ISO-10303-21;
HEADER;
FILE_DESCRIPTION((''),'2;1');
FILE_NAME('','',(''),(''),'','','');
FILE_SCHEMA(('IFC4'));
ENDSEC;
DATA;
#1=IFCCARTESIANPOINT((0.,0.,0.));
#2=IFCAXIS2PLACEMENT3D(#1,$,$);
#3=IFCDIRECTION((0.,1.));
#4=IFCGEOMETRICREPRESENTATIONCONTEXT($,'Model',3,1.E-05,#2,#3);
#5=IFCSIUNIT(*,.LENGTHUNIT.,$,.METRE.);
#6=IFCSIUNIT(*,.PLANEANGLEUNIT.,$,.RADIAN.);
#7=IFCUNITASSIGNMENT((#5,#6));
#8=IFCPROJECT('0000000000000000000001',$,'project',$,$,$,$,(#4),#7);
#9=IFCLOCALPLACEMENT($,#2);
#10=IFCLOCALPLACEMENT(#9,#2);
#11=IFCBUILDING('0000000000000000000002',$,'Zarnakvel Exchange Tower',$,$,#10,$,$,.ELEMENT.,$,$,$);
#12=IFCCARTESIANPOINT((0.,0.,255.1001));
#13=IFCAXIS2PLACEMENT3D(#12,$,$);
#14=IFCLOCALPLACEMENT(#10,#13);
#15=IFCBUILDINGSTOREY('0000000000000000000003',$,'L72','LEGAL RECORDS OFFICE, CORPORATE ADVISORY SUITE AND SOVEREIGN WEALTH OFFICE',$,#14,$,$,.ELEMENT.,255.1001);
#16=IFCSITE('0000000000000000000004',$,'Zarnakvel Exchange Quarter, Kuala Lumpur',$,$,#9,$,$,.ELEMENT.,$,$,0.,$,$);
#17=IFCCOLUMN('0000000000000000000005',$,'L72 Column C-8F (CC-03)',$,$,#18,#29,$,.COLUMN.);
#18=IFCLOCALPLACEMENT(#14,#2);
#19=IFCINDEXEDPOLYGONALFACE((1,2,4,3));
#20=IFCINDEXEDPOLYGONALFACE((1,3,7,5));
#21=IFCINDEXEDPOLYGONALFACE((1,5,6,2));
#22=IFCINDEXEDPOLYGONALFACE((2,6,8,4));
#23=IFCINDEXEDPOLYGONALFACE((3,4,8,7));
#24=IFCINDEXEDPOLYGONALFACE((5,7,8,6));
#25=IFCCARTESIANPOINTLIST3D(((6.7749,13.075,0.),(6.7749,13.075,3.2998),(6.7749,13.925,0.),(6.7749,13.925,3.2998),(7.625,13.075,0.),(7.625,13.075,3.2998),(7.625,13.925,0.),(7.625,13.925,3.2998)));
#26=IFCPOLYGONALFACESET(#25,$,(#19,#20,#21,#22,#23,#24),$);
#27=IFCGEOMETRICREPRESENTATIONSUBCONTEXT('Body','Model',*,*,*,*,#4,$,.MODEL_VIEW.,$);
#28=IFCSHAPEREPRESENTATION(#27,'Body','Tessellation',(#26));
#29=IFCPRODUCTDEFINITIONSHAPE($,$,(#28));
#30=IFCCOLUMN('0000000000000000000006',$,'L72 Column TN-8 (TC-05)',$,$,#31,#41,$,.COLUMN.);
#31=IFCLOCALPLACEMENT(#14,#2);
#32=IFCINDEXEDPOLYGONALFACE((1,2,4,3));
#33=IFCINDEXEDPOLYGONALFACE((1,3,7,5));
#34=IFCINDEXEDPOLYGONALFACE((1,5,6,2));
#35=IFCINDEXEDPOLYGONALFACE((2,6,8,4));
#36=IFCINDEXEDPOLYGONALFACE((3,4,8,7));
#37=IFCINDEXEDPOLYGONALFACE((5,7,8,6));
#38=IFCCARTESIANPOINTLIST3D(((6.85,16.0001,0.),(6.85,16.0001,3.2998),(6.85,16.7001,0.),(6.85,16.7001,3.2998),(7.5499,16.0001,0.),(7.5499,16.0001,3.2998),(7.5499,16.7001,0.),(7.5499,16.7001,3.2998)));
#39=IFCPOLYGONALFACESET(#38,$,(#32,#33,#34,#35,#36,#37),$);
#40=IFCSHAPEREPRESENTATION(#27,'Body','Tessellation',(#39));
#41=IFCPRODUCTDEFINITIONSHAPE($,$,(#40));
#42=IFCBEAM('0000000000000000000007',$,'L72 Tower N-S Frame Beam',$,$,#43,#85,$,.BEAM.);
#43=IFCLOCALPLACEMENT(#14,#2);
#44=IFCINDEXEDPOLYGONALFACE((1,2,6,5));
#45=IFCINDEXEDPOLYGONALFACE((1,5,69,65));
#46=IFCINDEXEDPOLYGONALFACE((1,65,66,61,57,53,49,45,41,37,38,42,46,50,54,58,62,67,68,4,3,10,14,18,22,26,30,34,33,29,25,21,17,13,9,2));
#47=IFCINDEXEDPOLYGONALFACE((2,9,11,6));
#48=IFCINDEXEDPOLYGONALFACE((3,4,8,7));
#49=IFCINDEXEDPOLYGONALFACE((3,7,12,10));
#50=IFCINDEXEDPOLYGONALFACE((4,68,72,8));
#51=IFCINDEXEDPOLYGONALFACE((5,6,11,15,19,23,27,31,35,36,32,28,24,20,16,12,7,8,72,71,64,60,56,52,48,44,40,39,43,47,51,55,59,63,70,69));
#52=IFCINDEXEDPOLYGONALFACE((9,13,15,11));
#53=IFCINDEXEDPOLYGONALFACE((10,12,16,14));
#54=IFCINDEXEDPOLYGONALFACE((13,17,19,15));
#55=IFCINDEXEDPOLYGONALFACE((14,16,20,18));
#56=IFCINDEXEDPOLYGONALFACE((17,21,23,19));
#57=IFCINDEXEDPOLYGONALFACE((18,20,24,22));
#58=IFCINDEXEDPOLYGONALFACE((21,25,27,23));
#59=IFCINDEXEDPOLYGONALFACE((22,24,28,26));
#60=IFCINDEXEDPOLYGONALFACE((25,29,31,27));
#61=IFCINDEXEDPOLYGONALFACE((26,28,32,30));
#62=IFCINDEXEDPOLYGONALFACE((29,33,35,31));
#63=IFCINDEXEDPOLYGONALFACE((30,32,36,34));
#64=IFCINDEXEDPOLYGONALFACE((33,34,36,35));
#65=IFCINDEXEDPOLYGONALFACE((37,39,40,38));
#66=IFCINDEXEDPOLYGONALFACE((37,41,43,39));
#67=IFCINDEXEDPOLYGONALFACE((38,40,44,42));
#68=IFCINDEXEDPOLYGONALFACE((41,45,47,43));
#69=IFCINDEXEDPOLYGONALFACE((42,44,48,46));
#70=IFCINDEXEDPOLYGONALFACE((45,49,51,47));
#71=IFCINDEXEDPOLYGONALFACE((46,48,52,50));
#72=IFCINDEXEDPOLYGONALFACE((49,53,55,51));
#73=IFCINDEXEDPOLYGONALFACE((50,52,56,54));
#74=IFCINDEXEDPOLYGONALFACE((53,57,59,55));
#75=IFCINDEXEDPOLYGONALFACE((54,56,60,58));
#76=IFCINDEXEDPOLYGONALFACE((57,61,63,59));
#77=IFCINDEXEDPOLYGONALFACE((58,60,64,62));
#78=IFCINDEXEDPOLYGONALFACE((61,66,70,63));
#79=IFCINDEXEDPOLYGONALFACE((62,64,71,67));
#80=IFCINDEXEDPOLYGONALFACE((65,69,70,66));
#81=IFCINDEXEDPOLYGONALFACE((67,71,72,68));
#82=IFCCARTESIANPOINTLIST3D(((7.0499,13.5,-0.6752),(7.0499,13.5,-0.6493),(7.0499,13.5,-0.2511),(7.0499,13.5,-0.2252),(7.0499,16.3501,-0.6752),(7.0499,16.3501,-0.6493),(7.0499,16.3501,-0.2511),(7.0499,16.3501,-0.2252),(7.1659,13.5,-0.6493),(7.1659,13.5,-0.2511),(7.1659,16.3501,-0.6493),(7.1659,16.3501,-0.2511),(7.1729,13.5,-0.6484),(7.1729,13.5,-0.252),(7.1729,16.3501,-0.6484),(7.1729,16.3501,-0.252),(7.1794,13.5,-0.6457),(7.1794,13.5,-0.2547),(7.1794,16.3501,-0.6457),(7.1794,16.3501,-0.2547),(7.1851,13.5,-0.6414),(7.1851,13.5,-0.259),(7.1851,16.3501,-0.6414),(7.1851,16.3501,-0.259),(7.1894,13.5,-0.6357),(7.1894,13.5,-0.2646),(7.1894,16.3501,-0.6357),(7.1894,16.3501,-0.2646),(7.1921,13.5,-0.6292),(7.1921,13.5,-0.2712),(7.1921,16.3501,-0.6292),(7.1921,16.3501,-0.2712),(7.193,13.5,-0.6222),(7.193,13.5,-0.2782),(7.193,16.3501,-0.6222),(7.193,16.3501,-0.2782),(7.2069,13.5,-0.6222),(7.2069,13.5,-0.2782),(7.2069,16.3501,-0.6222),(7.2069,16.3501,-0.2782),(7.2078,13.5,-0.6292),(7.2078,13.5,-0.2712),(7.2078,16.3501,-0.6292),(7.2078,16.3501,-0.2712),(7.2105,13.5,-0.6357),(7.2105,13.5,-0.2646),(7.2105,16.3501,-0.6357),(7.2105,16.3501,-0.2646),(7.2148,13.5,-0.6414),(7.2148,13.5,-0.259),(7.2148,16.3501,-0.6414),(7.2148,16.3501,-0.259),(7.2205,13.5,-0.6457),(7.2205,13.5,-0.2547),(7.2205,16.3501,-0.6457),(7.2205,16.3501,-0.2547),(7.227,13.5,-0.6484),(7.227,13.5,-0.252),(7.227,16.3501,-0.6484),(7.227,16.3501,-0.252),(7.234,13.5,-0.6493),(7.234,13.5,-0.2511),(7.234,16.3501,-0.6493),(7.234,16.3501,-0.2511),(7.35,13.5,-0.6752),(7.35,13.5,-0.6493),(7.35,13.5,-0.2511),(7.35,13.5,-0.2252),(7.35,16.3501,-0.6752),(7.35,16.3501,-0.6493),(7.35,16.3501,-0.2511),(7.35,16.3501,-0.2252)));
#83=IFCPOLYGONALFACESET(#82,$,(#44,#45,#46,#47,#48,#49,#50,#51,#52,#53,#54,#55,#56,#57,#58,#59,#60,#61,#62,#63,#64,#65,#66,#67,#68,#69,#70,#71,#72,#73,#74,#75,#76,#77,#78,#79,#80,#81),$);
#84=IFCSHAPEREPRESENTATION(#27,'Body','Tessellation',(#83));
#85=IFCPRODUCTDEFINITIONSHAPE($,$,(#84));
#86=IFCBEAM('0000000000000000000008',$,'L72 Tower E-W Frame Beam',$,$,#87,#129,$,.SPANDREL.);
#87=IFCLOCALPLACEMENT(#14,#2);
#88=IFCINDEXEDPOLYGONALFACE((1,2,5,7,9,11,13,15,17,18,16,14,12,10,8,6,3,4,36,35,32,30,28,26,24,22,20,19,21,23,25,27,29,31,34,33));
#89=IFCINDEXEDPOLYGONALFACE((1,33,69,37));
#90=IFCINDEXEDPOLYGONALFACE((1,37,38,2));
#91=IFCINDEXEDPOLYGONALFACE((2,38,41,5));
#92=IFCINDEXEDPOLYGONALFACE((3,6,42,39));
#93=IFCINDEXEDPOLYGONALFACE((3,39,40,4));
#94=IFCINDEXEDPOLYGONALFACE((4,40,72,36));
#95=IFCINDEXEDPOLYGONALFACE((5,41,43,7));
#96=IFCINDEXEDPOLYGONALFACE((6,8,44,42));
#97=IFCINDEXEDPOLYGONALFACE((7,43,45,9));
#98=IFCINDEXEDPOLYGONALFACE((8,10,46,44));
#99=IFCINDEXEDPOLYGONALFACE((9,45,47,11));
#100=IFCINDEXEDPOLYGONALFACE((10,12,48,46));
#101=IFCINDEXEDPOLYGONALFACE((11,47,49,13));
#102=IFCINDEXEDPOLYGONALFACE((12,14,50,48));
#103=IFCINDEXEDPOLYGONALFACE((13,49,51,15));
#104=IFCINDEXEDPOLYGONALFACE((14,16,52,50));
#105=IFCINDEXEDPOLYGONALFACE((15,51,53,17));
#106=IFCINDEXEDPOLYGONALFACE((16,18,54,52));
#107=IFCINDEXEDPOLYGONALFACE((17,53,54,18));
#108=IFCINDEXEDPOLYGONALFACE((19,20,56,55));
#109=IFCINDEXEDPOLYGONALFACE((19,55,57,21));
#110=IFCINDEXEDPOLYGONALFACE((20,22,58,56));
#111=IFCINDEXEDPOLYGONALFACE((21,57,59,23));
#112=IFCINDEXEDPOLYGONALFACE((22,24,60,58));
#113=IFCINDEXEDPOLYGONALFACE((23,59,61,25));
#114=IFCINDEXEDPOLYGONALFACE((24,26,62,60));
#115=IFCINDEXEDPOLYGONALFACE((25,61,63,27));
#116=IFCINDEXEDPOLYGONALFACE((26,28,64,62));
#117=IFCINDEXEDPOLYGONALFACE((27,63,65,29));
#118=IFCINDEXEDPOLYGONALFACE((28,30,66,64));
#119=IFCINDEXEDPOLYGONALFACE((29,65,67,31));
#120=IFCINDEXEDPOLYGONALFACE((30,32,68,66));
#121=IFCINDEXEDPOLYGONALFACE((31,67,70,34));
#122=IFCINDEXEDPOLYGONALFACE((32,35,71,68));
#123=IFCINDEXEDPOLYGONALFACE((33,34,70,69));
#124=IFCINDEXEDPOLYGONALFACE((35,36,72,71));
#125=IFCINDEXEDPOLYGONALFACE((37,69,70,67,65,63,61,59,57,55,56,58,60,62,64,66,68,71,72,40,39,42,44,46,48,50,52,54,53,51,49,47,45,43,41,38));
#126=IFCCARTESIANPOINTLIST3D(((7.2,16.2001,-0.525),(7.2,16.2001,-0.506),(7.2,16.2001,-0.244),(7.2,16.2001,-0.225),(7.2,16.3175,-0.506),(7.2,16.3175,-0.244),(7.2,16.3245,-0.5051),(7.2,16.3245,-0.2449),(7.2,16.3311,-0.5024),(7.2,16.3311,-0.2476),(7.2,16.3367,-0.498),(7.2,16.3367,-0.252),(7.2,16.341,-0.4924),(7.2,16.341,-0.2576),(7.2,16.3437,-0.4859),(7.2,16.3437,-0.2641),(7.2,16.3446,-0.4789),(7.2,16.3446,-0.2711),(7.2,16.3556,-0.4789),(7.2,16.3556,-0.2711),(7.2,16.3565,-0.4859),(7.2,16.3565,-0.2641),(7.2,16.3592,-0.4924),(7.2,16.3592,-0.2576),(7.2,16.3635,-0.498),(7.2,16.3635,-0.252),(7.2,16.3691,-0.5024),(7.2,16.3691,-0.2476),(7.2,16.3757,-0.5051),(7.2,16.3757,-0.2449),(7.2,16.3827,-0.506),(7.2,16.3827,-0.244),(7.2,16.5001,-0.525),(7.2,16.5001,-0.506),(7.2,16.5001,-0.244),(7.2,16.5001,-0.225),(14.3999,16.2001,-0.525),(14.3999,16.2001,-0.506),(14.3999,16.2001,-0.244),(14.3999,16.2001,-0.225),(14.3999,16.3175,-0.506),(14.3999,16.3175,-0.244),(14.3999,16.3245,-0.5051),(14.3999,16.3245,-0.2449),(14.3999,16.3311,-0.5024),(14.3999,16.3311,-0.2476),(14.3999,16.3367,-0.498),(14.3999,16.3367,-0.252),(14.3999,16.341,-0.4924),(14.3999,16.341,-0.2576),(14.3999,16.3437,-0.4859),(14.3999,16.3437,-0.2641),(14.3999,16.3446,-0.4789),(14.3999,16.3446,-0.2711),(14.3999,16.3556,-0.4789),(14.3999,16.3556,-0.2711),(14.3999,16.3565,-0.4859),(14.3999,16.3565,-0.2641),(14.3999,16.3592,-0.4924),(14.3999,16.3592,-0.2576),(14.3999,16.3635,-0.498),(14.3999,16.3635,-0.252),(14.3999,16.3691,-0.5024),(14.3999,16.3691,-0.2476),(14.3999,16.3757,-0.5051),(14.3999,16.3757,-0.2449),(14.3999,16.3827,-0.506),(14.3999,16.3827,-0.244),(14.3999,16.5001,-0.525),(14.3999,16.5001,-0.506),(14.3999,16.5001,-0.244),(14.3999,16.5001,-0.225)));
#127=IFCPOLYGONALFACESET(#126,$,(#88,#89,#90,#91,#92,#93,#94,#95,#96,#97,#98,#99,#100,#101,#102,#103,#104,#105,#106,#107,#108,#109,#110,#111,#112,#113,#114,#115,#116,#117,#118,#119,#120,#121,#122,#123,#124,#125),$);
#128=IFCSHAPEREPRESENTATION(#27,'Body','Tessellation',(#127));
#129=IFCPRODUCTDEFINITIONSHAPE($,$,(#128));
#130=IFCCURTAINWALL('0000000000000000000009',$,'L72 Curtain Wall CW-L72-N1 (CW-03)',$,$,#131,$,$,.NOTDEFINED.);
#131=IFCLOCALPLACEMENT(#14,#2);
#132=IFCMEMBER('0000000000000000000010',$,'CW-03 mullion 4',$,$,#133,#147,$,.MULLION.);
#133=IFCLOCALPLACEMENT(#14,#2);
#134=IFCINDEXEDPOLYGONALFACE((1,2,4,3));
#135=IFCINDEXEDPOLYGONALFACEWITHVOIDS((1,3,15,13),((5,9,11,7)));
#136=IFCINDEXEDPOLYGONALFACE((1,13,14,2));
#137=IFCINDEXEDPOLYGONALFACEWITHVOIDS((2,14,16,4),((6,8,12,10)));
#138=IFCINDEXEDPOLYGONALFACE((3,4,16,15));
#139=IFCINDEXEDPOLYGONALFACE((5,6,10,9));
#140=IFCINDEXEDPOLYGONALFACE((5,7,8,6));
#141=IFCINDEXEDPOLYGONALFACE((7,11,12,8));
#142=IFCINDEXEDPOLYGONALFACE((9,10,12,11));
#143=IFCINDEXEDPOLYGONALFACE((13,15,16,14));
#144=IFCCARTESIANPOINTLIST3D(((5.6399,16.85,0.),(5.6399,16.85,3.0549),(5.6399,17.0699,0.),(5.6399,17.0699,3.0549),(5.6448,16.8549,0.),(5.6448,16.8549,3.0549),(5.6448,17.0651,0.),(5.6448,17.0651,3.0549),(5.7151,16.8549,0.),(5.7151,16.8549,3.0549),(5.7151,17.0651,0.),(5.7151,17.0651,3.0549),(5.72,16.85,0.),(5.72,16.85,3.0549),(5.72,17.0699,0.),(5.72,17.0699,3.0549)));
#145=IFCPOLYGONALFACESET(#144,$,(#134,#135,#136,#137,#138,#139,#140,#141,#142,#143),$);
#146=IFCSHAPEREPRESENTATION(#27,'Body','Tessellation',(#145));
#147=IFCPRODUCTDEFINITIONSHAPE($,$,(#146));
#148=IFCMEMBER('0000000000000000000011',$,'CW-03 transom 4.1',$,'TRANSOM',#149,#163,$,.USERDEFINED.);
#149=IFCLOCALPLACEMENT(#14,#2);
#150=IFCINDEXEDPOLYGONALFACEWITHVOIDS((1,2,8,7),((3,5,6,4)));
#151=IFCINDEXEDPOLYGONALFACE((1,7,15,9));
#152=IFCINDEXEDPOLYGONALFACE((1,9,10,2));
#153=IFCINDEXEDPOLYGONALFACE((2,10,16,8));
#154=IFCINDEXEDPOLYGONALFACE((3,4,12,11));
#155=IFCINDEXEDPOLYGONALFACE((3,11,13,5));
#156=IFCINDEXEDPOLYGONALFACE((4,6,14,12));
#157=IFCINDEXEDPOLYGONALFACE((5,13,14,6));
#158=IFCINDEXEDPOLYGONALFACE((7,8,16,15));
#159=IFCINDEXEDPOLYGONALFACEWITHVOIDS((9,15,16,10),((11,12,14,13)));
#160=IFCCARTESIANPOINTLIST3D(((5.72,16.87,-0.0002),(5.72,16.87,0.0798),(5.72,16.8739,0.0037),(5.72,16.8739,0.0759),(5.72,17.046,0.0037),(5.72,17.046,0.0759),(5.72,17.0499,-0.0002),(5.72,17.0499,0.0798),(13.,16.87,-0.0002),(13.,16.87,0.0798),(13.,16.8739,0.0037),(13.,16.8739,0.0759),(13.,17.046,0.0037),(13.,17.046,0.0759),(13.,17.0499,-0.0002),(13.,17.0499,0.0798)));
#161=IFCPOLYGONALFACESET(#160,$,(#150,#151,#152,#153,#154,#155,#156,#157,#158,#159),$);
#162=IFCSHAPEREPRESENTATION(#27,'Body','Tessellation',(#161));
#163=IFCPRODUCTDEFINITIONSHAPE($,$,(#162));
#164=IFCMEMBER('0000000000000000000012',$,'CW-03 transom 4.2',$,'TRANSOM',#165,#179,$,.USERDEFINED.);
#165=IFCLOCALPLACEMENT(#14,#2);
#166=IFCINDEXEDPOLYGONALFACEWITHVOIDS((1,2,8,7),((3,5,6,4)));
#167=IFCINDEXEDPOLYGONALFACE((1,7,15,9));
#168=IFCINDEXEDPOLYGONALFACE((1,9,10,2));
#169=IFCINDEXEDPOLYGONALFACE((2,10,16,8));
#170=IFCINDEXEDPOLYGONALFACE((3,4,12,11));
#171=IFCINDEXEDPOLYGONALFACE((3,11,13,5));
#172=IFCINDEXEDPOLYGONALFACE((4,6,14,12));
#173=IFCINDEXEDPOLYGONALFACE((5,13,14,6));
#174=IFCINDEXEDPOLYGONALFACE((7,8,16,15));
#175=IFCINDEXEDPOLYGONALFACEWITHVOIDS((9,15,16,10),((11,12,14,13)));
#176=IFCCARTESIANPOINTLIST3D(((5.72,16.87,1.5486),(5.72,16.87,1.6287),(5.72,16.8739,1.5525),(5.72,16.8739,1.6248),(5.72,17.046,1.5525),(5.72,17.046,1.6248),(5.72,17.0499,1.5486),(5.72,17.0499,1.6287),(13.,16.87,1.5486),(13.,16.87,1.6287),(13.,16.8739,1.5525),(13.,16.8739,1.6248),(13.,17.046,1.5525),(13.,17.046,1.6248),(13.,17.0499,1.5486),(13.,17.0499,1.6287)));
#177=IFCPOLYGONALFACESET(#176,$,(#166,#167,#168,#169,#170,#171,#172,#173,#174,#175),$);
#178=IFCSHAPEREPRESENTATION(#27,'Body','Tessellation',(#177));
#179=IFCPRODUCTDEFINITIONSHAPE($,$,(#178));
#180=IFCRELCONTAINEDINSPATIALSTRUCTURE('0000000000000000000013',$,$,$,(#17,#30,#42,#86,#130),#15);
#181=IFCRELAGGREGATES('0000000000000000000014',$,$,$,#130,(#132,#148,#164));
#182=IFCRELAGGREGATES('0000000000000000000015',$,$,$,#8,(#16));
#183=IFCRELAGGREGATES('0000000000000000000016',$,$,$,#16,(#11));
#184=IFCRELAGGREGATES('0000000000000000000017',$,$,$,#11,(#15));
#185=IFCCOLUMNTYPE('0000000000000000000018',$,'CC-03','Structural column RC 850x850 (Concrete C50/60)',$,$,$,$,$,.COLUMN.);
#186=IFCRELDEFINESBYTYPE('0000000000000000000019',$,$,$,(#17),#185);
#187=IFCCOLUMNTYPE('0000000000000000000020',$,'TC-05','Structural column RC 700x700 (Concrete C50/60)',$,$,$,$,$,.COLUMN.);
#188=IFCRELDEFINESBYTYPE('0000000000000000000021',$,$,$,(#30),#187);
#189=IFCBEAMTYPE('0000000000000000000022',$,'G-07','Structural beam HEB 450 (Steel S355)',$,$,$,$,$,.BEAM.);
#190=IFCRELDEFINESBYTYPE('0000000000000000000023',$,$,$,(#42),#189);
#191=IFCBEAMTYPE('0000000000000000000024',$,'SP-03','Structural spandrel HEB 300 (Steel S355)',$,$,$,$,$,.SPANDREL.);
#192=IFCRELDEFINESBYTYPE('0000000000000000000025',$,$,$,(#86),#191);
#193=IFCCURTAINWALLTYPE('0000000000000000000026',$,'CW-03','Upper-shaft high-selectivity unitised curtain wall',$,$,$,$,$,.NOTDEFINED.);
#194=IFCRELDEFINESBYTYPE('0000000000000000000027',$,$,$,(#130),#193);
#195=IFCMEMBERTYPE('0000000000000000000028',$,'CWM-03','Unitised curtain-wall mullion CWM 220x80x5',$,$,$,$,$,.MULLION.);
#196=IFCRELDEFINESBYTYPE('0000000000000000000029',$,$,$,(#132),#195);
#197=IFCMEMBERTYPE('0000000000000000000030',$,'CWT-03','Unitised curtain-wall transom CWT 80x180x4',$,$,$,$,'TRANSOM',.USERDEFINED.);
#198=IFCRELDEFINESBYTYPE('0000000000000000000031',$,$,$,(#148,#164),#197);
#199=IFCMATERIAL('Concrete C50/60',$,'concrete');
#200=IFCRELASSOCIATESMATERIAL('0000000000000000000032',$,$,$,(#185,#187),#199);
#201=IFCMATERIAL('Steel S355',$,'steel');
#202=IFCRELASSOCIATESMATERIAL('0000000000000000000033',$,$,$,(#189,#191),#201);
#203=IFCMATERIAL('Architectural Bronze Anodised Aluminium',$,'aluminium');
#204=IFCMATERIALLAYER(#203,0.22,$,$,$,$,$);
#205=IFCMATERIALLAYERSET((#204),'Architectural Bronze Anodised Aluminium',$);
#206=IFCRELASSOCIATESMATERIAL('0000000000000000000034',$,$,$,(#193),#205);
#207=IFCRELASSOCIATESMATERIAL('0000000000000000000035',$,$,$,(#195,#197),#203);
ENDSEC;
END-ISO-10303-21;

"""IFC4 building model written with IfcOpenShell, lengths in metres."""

from ifc_helpers import new_model, si_unit, direction, frame, origin, origin_2d, place, context, subcontext, project, spatial, rectangle, hollow_rectangle, i_section, extrude, source, transform, mapped, material, layer, layer_set, material_profile, profile_set, type_object, element, aggregate, save


model = new_model("IFC4")

# Units and contexts
model_context = context("Model", 3, precision=1e-05, world=origin(), true_north=direction((0.0, 1.0)))
body_context = subcontext(model_context, "Body", "Model", "MODEL_VIEW")
ifc_project = project(units=[si_unit("LENGTHUNIT", "METRE"), si_unit("PLANEANGLEUNIT", "RADIAN")], contexts=[model_context])

# Site, building, storey
site_placement = place(None, origin())
site = spatial("IfcSite", under=ifc_project, at=site_placement, Name="Zarnakvel Exchange Quarter, Kuala Lumpur", CompositionType="ELEMENT", RefElevation=0.0)
building_placement = place(site_placement, origin())
building = spatial("IfcBuilding", under=site, at=building_placement, Name="Zarnakvel Exchange Tower", CompositionType="ELEMENT")
storey_placement = place(building_placement, frame((0.0, 0.0, 255.1001)))
storey = spatial("IfcBuildingStorey", under=building, at=storey_placement, Name="L72", Description="LEGAL RECORDS OFFICE, CORPORATE ADVISORY SUITE AND SOVEREIGN WEALTH OFFICE", CompositionType="ELEMENT", Elevation=255.1001)

# Columns
ifc_material_1 = material(Name="Concrete C50/60", Category="concrete")
ifc_material_profile_1 = material_profile(ifc_material_1, rectangle(XDim=0.8501, YDim=0.8501, at=origin_2d()))
ifc_profile_set_1 = profile_set([ifc_material_profile_1], Name="Concrete C50/60")
column_type_1 = type_object("IfcColumnType", Name="CC-03", Description="Structural column RC 850x850 (Concrete C50/60)", PredefinedType="COLUMN", material=ifc_profile_set_1)
column_1_placement = place(storey_placement, frame((7.2, 13.5, 0.0), z_axis=(0.0, 0.0, 1.0), x_axis=(1.0, 0.0, 0.0)))
element("IfcColumn", 1, at=column_1_placement, inside=storey, type_object=column_type_1, Name="L72 Column C-8F (CC-03)", PredefinedType="COLUMN", context=body_context, shape_type="SweptSolid", body=[
    extrude(rectangle(XDim=0.8501, YDim=0.8501, at=origin_2d()), origin(), (0.0, 0.0, 1.0), 3.2998),
])
ifc_material_profile_2 = material_profile(ifc_material_1, rectangle(XDim=0.7, YDim=0.7, at=origin_2d()))
ifc_profile_set_2 = profile_set([ifc_material_profile_2], Name="Concrete C50/60")
column_type_2 = type_object("IfcColumnType", Name="TC-05", Description="Structural column RC 700x700 (Concrete C50/60)", PredefinedType="COLUMN", material=ifc_profile_set_2)
column_2_placement = place(storey_placement, frame((7.2, 16.3501, 0.0), z_axis=(0.0, 0.0, 1.0), x_axis=(1.0, 0.0, 0.0)))
element("IfcColumn", 2, at=column_2_placement, inside=storey, type_object=column_type_2, Name="L72 Column TN-8 (TC-05)", PredefinedType="COLUMN", context=body_context, shape_type="SweptSolid", body=[
    extrude(rectangle(XDim=0.7, YDim=0.7, at=origin_2d()), origin(), (0.0, 0.0, 1.0), 3.2998),
])

# Beams
ifc_material_2 = material(Name="Steel S355", Category="steel")
ifc_material_profile_3 = material_profile(ifc_material_2, i_section(OverallWidth=0.3, OverallDepth=0.45, WebThickness=0.0139, FlangeThickness=0.0259, FilletRadius=0.0271, at=origin_2d()))
ifc_profile_set_3 = profile_set([ifc_material_profile_3], Name="Steel S355")
beam_type_1 = type_object("IfcBeamType", Name="G-07", Description="Structural beam HEB 450 (Steel S355)", PredefinedType="BEAM", material=ifc_profile_set_3)
beam_1_placement = place(storey_placement, frame((7.2, 13.5, -0.4502), z_axis=(0.0, 1.0, 0.0), x_axis=(-1.0, 0.0, 0.0)))
element("IfcBeam", 3, at=beam_1_placement, inside=storey, type_object=beam_type_1, Name="L72 Tower N-S Frame Beam", PredefinedType="BEAM", context=body_context, shape_type="SweptSolid", body=[
    extrude(i_section(OverallWidth=0.3, OverallDepth=0.45, WebThickness=0.0139, FlangeThickness=0.0259, FilletRadius=0.0271, at=origin_2d()), origin(), (0.0, 0.0, 1.0), 2.8501),
])
ifc_material_profile_4 = material_profile(ifc_material_2, i_section(OverallWidth=0.3, OverallDepth=0.3, WebThickness=0.011, FlangeThickness=0.019, FilletRadius=0.0271, at=origin_2d()))
ifc_profile_set_4 = profile_set([ifc_material_profile_4], Name="Steel S355")
beam_type_2 = type_object("IfcBeamType", Name="SP-03", Description="Structural spandrel HEB 300 (Steel S355)", PredefinedType="SPANDREL", material=ifc_profile_set_4)
beam_2_placement = place(storey_placement, frame((7.2, 16.3501, -0.375), z_axis=(1.0, 0.0, 0.0), x_axis=(0.0, 1.0, 0.0)))
element("IfcBeam", 4, at=beam_2_placement, inside=storey, type_object=beam_type_2, Name="L72 Tower E-W Frame Beam", PredefinedType="SPANDREL", context=body_context, shape_type="SweptSolid", body=[
    extrude(i_section(OverallWidth=0.3, OverallDepth=0.3, WebThickness=0.011, FlangeThickness=0.019, FilletRadius=0.0271, at=origin_2d()), origin(), (0.0, 0.0, 1.0), 7.2),
])

# Curtain wall, members
ifc_material_3 = material(Name="Architectural Bronze Anodised Aluminium", Category="aluminium")
ifc_layer_1 = layer(ifc_material_3, 0.22)
ifc_layer_set_1 = layer_set([ifc_layer_1], Name="Architectural Bronze Anodised Aluminium")
curtain_wall_type = type_object("IfcCurtainWallType", Name="CW-03", Description="Upper-shaft high-selectivity unitised curtain wall", PredefinedType="NOTDEFINED", material=ifc_layer_set_1)
curtain_wall_placement = place(storey_placement, origin())
curtain_wall = element("IfcCurtainWall", 5, at=curtain_wall_placement, inside=storey, type_object=curtain_wall_type, Name="L72 Curtain Wall CW-L72-N1 (CW-03)", PredefinedType="NOTDEFINED")
ifc_material_profile_5 = material_profile(ifc_material_3, hollow_rectangle(XDim=0.22, YDim=0.0801, WallThickness=0.0049, at=origin_2d()))
ifc_profile_set_5 = profile_set([ifc_material_profile_5], Name="Architectural Bronze Anodised Aluminium")
member_type_1 = type_object("IfcMemberType", Name="CWM-03", Description="Unitised curtain-wall mullion CWM 220x80x5", PredefinedType="MULLION", material=ifc_profile_set_5)
shared_shape_1 = source(origin(), body_context, "Body", "SweptSolid", [
    extrude(hollow_rectangle(XDim=0.22, YDim=0.0801, WallThickness=0.0049, at=origin_2d()), origin(), (0.0, 0.0, 1.0), 3.0549),
])
member_1_placement = place(storey_placement, frame((5.6799, 16.96, 0.0), z_axis=(0.0, 0.0, 1.0), x_axis=(0.0, 1.0, 0.0)))
member_1 = element("IfcMember", 6, at=member_1_placement, type_object=member_type_1, Name="CW-03 mullion 4", PredefinedType="MULLION", context=body_context, shape_type="MappedRepresentation", body=[
    mapped(shared_shape_1, transform((0.0, 0.0, 0.0), x_axis=(1.0, 0.0, 0.0), y_axis=(0.0, 1.0, 0.0), z_axis=(0.0, 0.0, 1.0), scale=1.0)),
])
ifc_material_profile_6 = material_profile(ifc_material_3, hollow_rectangle(XDim=0.1799, YDim=0.0801, WallThickness=0.0039, at=origin_2d()))
ifc_profile_set_6 = profile_set([ifc_material_profile_6], Name="Architectural Bronze Anodised Aluminium")
member_type_2 = type_object("IfcMemberType", Name="CWT-03", Description="Unitised curtain-wall transom CWT 80x180x4", ElementType="TRANSOM", PredefinedType="USERDEFINED", material=ifc_profile_set_6)
shared_shape_2 = source(origin(), body_context, "Body", "SweptSolid", [
    extrude(hollow_rectangle(XDim=0.1799, YDim=0.0801, WallThickness=0.0039, at=origin_2d()), origin(), (0.0, 0.0, 1.0), 7.28),
])
member_2_placement = place(storey_placement, frame((5.72, 16.96, 0.0398), z_axis=(1.0, 0.0, 0.0), x_axis=(0.0, 1.0, 0.0)))
member_2 = element("IfcMember", 7, at=member_2_placement, type_object=member_type_2, Name="CW-03 transom 4.1", ObjectType="TRANSOM", PredefinedType="USERDEFINED", context=body_context, shape_type="MappedRepresentation", body=[
    mapped(shared_shape_2, transform((0.0, 0.0, 0.0), x_axis=(1.0, 0.0, 0.0), y_axis=(0.0, 1.0, 0.0), z_axis=(0.0, 0.0, 1.0), scale=1.0)),
])
member_3_placement = place(storey_placement, frame((5.72, 16.96, 1.5886), z_axis=(1.0, 0.0, 0.0), x_axis=(0.0, 1.0, 0.0)))
member_3 = element("IfcMember", 8, at=member_3_placement, type_object=member_type_2, Name="CW-03 transom 4.2", ObjectType="TRANSOM", PredefinedType="USERDEFINED", context=body_context, shape_type="MappedRepresentation", body=[
    mapped(shared_shape_2, transform((0.0, 0.0, 0.0), x_axis=(1.0, 0.0, 0.0), y_axis=(0.0, 1.0, 0.0), z_axis=(0.0, 0.0, 1.0), scale=1.0)),
])
aggregate(curtain_wall, [member_1, member_2, member_3])

save(model, "model.ifc")
